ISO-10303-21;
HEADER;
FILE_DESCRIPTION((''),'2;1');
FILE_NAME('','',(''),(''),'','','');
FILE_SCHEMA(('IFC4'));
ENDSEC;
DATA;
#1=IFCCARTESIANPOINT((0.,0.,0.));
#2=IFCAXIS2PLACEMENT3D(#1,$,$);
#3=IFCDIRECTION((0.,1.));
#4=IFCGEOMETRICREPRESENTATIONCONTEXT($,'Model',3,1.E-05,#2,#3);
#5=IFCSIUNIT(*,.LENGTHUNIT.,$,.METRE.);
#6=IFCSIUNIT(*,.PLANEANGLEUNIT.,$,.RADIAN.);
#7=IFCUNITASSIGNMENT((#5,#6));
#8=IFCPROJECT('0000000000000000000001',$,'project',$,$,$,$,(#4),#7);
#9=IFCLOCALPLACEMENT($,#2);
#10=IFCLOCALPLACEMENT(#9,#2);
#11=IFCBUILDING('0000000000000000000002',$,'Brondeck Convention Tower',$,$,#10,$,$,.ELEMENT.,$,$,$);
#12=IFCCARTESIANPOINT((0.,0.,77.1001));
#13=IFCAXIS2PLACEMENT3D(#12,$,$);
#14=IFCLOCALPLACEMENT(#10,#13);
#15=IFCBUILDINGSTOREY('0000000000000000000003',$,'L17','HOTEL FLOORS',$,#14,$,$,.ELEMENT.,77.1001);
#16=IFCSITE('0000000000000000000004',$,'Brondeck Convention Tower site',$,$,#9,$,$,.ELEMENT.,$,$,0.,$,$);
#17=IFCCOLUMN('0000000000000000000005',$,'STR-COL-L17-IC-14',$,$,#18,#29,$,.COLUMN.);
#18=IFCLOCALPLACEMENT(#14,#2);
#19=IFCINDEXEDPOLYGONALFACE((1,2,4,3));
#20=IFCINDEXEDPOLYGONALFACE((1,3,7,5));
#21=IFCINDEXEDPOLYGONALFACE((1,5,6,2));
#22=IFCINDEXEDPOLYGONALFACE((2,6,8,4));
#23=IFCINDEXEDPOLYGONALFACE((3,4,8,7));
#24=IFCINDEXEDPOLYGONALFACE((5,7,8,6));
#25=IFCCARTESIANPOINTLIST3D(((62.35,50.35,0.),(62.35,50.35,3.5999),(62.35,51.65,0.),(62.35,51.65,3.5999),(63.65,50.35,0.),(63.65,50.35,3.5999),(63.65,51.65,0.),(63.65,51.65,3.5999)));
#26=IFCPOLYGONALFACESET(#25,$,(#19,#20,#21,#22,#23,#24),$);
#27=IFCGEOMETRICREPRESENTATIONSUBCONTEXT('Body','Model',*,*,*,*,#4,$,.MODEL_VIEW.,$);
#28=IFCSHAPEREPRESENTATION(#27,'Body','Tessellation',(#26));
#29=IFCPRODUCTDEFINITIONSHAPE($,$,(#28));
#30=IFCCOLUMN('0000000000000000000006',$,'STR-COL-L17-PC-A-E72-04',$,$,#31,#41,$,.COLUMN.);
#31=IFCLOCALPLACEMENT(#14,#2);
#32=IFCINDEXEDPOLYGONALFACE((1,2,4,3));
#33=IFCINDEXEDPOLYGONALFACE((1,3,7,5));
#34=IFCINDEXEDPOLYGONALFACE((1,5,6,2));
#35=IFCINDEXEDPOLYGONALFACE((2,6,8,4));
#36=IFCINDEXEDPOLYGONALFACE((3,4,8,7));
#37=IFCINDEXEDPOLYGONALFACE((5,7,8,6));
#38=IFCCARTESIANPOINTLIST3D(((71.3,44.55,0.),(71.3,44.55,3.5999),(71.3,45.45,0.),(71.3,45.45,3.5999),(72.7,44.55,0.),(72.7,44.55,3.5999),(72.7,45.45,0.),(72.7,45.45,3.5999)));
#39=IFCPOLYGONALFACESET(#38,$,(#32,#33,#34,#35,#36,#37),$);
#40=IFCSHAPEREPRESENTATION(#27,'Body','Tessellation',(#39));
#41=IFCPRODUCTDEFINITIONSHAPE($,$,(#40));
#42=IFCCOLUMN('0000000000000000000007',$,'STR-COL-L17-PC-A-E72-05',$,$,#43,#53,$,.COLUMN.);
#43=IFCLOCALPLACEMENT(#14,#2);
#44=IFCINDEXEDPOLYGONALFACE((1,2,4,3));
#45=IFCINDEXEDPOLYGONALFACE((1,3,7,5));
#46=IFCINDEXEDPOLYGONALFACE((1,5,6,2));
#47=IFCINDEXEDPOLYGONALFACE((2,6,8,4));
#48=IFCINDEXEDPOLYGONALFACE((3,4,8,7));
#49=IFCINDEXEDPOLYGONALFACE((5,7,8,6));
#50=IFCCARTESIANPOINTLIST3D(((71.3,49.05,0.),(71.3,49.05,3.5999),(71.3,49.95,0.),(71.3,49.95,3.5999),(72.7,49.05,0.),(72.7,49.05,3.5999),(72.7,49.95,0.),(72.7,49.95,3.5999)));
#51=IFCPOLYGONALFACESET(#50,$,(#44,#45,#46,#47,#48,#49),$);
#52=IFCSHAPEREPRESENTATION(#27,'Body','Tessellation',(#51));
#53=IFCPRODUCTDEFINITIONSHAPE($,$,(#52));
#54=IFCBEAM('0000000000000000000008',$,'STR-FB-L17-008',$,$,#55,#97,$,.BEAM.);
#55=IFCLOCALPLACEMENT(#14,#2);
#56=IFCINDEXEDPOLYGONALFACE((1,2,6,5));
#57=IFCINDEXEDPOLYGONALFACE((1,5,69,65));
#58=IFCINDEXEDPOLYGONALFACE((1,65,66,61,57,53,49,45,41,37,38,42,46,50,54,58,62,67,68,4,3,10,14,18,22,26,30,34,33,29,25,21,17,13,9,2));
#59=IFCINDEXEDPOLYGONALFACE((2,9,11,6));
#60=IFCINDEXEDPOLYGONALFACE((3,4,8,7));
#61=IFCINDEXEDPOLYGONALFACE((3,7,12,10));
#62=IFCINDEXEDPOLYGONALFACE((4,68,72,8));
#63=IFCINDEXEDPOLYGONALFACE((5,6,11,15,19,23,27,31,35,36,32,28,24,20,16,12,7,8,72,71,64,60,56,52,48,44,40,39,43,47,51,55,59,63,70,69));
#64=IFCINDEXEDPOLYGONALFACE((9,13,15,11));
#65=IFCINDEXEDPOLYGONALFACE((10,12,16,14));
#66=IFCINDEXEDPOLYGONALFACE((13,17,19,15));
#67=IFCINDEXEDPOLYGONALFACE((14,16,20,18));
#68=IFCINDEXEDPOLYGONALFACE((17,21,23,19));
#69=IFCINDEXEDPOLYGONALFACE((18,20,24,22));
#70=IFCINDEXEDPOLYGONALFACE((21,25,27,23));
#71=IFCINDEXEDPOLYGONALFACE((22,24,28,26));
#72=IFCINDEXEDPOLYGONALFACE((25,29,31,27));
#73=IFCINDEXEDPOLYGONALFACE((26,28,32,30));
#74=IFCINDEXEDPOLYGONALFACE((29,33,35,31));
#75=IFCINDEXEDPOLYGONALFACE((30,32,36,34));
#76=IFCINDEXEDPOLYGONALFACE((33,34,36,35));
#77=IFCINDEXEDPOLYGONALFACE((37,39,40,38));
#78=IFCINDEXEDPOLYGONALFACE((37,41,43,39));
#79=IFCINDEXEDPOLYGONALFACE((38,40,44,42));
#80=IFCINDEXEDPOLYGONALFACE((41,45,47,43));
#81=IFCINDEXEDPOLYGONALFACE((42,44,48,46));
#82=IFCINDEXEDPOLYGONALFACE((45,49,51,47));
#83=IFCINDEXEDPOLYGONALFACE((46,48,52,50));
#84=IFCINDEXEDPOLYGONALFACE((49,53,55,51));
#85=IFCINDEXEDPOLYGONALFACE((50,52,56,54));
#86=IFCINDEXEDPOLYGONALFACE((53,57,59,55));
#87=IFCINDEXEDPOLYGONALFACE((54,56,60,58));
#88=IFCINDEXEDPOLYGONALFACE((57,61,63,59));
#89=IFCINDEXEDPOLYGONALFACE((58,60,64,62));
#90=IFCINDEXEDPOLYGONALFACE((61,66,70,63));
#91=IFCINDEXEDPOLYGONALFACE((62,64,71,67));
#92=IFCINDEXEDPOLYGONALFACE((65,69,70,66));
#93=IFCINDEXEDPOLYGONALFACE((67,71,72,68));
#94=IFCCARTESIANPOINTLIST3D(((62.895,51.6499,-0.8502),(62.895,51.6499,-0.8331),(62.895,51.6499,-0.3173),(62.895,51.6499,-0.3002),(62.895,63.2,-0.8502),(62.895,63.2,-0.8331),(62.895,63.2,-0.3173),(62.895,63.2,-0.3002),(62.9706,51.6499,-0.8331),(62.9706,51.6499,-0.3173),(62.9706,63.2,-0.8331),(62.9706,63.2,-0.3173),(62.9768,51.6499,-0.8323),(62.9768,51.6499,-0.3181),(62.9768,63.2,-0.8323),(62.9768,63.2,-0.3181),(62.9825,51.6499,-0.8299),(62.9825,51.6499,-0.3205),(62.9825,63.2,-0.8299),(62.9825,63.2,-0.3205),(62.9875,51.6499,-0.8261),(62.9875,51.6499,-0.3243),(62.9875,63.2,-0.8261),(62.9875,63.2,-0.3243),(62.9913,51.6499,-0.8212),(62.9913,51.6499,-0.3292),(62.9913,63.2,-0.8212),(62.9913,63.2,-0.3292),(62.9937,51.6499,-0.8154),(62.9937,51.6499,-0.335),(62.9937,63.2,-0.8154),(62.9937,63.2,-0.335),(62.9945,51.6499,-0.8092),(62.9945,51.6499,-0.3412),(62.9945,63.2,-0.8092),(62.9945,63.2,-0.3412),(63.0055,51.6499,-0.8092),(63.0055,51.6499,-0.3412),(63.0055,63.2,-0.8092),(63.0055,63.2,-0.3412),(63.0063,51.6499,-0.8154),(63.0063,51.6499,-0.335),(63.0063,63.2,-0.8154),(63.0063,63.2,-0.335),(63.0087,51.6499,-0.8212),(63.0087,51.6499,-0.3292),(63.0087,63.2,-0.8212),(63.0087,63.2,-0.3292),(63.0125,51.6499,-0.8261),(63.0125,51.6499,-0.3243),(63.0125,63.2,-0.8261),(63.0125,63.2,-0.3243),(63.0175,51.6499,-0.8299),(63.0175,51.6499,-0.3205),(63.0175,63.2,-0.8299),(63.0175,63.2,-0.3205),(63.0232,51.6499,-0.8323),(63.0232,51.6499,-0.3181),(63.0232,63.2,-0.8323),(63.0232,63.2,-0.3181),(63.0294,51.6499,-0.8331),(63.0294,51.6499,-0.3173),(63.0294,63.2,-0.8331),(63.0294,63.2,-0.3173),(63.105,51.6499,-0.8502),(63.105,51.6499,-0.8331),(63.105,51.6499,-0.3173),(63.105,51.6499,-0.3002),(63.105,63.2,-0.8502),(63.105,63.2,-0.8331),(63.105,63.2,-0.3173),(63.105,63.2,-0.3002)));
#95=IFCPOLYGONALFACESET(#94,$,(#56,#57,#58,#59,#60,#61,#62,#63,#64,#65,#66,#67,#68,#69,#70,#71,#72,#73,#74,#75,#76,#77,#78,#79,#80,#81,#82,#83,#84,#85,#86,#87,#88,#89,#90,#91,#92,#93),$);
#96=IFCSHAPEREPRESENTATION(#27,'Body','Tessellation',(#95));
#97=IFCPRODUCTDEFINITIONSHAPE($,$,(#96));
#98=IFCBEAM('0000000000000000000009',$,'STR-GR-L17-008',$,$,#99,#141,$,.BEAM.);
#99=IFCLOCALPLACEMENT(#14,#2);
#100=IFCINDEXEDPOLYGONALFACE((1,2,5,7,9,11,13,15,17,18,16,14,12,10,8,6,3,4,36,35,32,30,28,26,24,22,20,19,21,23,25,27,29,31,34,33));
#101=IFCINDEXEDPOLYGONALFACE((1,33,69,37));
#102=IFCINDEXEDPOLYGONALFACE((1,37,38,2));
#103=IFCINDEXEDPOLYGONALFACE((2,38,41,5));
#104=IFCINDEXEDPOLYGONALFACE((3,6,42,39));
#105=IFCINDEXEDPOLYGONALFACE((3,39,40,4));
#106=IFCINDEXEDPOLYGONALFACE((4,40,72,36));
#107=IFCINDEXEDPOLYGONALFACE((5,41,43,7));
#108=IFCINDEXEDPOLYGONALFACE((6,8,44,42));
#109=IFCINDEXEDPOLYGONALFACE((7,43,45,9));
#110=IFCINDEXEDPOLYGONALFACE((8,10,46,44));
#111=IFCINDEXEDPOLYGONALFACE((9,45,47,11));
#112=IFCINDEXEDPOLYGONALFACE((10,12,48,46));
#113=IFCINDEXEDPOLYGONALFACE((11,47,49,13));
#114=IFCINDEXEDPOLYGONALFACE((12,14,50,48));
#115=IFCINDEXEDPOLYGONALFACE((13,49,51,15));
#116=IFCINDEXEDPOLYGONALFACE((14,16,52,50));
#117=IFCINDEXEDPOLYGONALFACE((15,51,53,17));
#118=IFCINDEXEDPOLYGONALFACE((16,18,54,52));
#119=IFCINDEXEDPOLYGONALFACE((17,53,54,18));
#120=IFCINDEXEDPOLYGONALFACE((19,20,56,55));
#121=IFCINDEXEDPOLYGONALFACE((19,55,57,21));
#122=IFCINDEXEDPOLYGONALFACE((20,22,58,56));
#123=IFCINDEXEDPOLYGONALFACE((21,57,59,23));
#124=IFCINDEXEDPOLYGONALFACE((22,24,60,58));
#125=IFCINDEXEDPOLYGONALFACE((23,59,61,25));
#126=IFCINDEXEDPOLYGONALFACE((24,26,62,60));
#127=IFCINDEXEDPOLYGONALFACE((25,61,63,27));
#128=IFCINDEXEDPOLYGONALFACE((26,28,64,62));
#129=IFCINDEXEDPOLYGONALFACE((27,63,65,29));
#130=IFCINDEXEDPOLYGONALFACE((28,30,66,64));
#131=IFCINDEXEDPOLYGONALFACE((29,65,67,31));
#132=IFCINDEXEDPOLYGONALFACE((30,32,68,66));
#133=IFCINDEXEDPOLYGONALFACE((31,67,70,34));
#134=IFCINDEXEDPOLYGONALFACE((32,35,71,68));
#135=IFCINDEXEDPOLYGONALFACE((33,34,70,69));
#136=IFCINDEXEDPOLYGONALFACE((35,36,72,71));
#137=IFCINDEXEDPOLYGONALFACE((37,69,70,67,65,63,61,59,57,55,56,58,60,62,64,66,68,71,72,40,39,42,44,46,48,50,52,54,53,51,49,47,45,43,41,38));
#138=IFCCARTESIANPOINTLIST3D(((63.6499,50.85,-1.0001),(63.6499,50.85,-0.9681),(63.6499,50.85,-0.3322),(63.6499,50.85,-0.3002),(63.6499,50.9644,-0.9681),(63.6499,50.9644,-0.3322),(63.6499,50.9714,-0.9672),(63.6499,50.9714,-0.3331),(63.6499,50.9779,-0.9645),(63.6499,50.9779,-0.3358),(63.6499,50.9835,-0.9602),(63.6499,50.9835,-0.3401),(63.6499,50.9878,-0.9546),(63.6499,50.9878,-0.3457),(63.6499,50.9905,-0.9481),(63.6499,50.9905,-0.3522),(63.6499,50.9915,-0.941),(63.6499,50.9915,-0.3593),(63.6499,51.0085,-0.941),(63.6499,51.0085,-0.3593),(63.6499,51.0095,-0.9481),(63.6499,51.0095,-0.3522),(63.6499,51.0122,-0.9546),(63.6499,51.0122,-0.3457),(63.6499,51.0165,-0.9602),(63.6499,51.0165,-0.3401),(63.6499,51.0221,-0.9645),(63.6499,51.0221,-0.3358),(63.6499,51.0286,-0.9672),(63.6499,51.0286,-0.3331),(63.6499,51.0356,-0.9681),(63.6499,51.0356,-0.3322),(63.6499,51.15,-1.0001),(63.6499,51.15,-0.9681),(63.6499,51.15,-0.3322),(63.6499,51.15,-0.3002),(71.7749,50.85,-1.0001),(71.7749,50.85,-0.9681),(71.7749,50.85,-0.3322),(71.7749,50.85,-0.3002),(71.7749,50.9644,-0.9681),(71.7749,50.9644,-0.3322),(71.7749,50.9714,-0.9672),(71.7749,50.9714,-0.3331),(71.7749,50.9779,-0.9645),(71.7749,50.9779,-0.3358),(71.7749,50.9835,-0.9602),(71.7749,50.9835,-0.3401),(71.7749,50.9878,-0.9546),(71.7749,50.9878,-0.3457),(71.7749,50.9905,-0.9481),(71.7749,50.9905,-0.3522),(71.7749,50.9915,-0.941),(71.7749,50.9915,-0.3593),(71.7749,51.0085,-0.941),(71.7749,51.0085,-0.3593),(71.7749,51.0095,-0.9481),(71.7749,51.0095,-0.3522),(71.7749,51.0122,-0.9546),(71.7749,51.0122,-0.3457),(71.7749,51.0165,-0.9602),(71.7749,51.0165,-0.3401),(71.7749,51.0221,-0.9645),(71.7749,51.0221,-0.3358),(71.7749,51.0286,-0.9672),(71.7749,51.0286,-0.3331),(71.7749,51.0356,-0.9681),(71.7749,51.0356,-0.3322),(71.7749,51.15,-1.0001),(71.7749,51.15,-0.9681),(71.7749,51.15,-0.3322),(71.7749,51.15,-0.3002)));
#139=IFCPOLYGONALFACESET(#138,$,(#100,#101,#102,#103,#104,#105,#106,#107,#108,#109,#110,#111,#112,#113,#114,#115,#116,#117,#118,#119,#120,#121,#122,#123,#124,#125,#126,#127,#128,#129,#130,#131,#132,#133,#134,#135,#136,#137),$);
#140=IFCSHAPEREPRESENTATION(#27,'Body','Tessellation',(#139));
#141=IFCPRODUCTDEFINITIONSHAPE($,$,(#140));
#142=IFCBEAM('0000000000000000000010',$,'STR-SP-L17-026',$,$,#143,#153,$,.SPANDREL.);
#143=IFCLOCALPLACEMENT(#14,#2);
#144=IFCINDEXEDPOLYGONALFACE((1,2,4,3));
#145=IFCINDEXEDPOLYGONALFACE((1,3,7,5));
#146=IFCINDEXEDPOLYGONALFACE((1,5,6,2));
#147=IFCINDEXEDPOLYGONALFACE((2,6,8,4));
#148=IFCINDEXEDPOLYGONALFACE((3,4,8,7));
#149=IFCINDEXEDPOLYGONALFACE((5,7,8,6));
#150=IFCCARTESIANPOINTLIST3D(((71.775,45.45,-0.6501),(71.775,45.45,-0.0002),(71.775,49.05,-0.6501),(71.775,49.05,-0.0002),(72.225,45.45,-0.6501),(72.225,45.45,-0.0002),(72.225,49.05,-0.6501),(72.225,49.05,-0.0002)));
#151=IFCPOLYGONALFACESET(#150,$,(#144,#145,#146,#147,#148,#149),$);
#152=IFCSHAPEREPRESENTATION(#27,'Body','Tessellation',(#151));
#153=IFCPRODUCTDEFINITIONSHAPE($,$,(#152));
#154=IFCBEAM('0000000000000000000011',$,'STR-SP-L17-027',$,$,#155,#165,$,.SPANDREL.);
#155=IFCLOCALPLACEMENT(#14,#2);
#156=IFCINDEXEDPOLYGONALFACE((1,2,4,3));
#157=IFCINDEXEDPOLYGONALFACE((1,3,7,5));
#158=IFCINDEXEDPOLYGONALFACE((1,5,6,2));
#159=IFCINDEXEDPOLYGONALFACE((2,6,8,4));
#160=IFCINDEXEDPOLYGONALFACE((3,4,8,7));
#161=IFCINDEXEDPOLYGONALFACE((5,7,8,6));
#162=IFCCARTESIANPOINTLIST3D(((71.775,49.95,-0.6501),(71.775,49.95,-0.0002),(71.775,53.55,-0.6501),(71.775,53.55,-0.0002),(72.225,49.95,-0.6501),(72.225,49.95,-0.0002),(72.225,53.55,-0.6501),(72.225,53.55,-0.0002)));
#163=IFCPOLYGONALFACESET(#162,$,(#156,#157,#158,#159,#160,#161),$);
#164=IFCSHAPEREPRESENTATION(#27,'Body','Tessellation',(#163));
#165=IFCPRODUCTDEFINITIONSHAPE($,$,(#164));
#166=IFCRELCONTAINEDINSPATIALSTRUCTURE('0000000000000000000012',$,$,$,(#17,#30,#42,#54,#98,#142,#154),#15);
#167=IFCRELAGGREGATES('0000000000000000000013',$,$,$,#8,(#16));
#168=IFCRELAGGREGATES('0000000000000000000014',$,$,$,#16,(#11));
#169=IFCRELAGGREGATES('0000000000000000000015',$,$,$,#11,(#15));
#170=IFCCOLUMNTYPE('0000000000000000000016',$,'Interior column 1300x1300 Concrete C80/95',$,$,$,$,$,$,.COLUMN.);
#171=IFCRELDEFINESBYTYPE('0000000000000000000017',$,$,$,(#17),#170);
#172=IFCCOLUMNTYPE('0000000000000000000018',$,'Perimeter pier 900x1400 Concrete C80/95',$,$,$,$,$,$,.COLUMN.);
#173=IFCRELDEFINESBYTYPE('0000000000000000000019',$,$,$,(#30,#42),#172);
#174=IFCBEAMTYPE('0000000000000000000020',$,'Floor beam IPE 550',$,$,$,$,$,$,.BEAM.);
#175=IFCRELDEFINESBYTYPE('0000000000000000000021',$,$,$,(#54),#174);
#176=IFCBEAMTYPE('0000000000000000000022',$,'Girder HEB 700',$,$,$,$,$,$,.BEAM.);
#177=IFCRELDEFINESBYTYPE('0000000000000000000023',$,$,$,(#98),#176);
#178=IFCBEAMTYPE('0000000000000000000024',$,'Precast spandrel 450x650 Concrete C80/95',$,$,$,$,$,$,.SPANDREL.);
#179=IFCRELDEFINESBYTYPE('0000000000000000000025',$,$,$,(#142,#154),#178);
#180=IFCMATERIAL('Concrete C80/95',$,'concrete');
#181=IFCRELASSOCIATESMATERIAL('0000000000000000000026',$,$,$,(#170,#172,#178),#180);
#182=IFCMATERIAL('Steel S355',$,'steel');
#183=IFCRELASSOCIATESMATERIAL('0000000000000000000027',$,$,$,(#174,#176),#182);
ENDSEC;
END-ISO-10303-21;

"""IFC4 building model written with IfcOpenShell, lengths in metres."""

from ifc_helpers import new_model, si_unit, direction, frame, origin, origin_2d, place, context, subcontext, project, spatial, rectangle, i_section, extrude, material, material_profile, profile_set, type_object, element, save


model = new_model("IFC4")

# Units and contexts
model_context = context("Model", 3, precision=1e-05, world=origin(), true_north=direction((0.0, 1.0)))
body_context = subcontext(model_context, "Body", "Model", "MODEL_VIEW")
ifc_project = project(units=[si_unit("LENGTHUNIT", "METRE"), si_unit("PLANEANGLEUNIT", "RADIAN")], contexts=[model_context])

# Site, building, storey
site_placement = place(None, origin())
site = spatial("IfcSite", under=ifc_project, at=site_placement, Name="Brondeck Convention Tower site", CompositionType="ELEMENT", RefElevation=0.0)
building_placement = place(site_placement, origin())
building = spatial("IfcBuilding", under=site, at=building_placement, Name="Brondeck Convention Tower", CompositionType="ELEMENT")
storey_placement = place(building_placement, frame((0.0, 0.0, 77.1001)))
storey = spatial("IfcBuildingStorey", under=building, at=storey_placement, Name="L17", Description="HOTEL FLOORS", CompositionType="ELEMENT", Elevation=77.1001)

# Columns
ifc_material_1 = material(Name="Concrete C80/95", Category="concrete")
ifc_material_profile_1 = material_profile(ifc_material_1, rectangle(XDim=1.3, YDim=1.3, at=origin_2d()), Name="Interior column 1300x1300 Concrete C80/95")
ifc_profile_set_1 = profile_set([ifc_material_profile_1], Name="Concrete C80/95")
column_type_1 = type_object("IfcColumnType", Name="Interior column 1300x1300 Concrete C80/95", PredefinedType="COLUMN", material=ifc_profile_set_1)
column_placement = place(storey_placement, frame((63.0, 51.0, 0.0), z_axis=(0.0, 0.0, 1.0), x_axis=(1.0, 0.0, 0.0)))
element("IfcColumn", 1, at=column_placement, inside=storey, type_object=column_type_1, Name="STR-COL-L17-IC-14", PredefinedType="COLUMN", context=body_context, shape_type="SweptSolid", body=[
    extrude(rectangle(XDim=1.3, YDim=1.3, at=origin_2d()), origin(), (0.0, 0.0, 1.0), 3.5999),
])
ifc_material_profile_2 = material_profile(ifc_material_1, rectangle(XDim=0.8999, YDim=1.3999, at=origin_2d()), Name="Perimeter pier 900x1400 Concrete C80/95")
ifc_profile_set_2 = profile_set([ifc_material_profile_2], Name="Concrete C80/95")
column_type_2 = type_object("IfcColumnType", Name="Perimeter pier 900x1400 Concrete C80/95", PredefinedType="COLUMN", material=ifc_profile_set_2)
for number, where, z_axis, x_axis, name in (
    (2, (72.0, 45.0, 0.0), (0.0, 0.0, 1.0), (0.0, 1.0, 0.0), "STR-COL-L17-PC-A-E72-04"),
    (3, (72.0, 49.5, 0.0), (0.0, 0.0, 1.0), (0.0, 1.0, 0.0), "STR-COL-L17-PC-A-E72-05"),
):
    element("IfcColumn", number, at=place(storey_placement, frame(where, z_axis=z_axis, x_axis=x_axis)), inside=storey, type_object=column_type_2, Name=name, PredefinedType="COLUMN", context=body_context, shape_type="SweptSolid", body=[
        extrude(rectangle(XDim=0.8999, YDim=1.3999, at=origin_2d()), origin(), (0.0, 0.0, 1.0), 3.5999),
    ])

# Beams
ifc_material_2 = material(Name="Steel S355", Category="steel")
ifc_material_profile_3 = material_profile(ifc_material_2, i_section(OverallWidth=0.21, OverallDepth=0.55, WebThickness=0.011, FlangeThickness=0.0171, FilletRadius=0.0239, at=origin_2d()), Name="IPE 550")
ifc_profile_set_3 = profile_set([ifc_material_profile_3], Name="Steel S355")
beam_type_1 = type_object("IfcBeamType", Name="Floor beam IPE 550", PredefinedType="BEAM", material=ifc_profile_set_3)
beam_1_placement = place(storey_placement, frame((63.0, 51.6499, -0.5752), z_axis=(0.0, 1.0, 0.0), x_axis=(-1.0, 0.0, 0.0)))
element("IfcBeam", 4, at=beam_1_placement, inside=storey, type_object=beam_type_1, Name="STR-FB-L17-008", PredefinedType="BEAM", context=body_context, shape_type="SweptSolid", body=[
    extrude(i_section(OverallWidth=0.21, OverallDepth=0.55, WebThickness=0.011, FlangeThickness=0.0171, FilletRadius=0.0239, at=origin_2d()), origin(), (0.0, 0.0, 1.0), 11.55),
])
ifc_material_profile_4 = material_profile(ifc_material_2, i_section(OverallWidth=0.3, OverallDepth=0.7, WebThickness=0.0171, FlangeThickness=0.032, FilletRadius=0.0271, at=origin_2d()), Name="HEB 700")
ifc_profile_set_4 = profile_set([ifc_material_profile_4], Name="Steel S355")
beam_type_2 = type_object("IfcBeamType", Name="Girder HEB 700", PredefinedType="BEAM", material=ifc_profile_set_4)
beam_2_placement = place(storey_placement, frame((63.6499, 51.0, -0.6501), z_axis=(1.0, 0.0, 0.0), x_axis=(0.0, 1.0, 0.0)))
element("IfcBeam", 5, at=beam_2_placement, inside=storey, type_object=beam_type_2, Name="STR-GR-L17-008", PredefinedType="BEAM", context=body_context, shape_type="SweptSolid", body=[
    extrude(i_section(OverallWidth=0.3, OverallDepth=0.7, WebThickness=0.0171, FlangeThickness=0.032, FilletRadius=0.0271, at=origin_2d()), origin(), (0.0, 0.0, 1.0), 8.125),
])
ifc_material_profile_5 = material_profile(ifc_material_1, rectangle(XDim=0.45, YDim=0.6499, at=origin_2d()), Name="Precast spandrel 450x650 Concrete C80/95")
ifc_profile_set_5 = profile_set([ifc_material_profile_5], Name="Concrete C80/95")
beam_type_3 = type_object("IfcBeamType", Name="Precast spandrel 450x650 Concrete C80/95", PredefinedType="SPANDREL", material=ifc_profile_set_5)
for number, where, z_axis, x_axis, name in (
    (6, (72.0, 45.45, -0.3252), (0.0, 1.0, 0.0), (-1.0, 0.0, 0.0), "STR-SP-L17-026"),
    (7, (72.0, 49.95, -0.3252), (0.0, 1.0, 0.0), (-1.0, 0.0, 0.0), "STR-SP-L17-027"),
):
    element("IfcBeam", number, at=place(storey_placement, frame(where, z_axis=z_axis, x_axis=x_axis)), inside=storey, type_object=beam_type_3, Name=name, PredefinedType="SPANDREL", context=body_context, shape_type="SweptSolid", body=[
        extrude(rectangle(XDim=0.45, YDim=0.6499, at=origin_2d()), origin(), (0.0, 0.0, 1.0), 3.6001),
    ])

save(model, "model.ifc")
